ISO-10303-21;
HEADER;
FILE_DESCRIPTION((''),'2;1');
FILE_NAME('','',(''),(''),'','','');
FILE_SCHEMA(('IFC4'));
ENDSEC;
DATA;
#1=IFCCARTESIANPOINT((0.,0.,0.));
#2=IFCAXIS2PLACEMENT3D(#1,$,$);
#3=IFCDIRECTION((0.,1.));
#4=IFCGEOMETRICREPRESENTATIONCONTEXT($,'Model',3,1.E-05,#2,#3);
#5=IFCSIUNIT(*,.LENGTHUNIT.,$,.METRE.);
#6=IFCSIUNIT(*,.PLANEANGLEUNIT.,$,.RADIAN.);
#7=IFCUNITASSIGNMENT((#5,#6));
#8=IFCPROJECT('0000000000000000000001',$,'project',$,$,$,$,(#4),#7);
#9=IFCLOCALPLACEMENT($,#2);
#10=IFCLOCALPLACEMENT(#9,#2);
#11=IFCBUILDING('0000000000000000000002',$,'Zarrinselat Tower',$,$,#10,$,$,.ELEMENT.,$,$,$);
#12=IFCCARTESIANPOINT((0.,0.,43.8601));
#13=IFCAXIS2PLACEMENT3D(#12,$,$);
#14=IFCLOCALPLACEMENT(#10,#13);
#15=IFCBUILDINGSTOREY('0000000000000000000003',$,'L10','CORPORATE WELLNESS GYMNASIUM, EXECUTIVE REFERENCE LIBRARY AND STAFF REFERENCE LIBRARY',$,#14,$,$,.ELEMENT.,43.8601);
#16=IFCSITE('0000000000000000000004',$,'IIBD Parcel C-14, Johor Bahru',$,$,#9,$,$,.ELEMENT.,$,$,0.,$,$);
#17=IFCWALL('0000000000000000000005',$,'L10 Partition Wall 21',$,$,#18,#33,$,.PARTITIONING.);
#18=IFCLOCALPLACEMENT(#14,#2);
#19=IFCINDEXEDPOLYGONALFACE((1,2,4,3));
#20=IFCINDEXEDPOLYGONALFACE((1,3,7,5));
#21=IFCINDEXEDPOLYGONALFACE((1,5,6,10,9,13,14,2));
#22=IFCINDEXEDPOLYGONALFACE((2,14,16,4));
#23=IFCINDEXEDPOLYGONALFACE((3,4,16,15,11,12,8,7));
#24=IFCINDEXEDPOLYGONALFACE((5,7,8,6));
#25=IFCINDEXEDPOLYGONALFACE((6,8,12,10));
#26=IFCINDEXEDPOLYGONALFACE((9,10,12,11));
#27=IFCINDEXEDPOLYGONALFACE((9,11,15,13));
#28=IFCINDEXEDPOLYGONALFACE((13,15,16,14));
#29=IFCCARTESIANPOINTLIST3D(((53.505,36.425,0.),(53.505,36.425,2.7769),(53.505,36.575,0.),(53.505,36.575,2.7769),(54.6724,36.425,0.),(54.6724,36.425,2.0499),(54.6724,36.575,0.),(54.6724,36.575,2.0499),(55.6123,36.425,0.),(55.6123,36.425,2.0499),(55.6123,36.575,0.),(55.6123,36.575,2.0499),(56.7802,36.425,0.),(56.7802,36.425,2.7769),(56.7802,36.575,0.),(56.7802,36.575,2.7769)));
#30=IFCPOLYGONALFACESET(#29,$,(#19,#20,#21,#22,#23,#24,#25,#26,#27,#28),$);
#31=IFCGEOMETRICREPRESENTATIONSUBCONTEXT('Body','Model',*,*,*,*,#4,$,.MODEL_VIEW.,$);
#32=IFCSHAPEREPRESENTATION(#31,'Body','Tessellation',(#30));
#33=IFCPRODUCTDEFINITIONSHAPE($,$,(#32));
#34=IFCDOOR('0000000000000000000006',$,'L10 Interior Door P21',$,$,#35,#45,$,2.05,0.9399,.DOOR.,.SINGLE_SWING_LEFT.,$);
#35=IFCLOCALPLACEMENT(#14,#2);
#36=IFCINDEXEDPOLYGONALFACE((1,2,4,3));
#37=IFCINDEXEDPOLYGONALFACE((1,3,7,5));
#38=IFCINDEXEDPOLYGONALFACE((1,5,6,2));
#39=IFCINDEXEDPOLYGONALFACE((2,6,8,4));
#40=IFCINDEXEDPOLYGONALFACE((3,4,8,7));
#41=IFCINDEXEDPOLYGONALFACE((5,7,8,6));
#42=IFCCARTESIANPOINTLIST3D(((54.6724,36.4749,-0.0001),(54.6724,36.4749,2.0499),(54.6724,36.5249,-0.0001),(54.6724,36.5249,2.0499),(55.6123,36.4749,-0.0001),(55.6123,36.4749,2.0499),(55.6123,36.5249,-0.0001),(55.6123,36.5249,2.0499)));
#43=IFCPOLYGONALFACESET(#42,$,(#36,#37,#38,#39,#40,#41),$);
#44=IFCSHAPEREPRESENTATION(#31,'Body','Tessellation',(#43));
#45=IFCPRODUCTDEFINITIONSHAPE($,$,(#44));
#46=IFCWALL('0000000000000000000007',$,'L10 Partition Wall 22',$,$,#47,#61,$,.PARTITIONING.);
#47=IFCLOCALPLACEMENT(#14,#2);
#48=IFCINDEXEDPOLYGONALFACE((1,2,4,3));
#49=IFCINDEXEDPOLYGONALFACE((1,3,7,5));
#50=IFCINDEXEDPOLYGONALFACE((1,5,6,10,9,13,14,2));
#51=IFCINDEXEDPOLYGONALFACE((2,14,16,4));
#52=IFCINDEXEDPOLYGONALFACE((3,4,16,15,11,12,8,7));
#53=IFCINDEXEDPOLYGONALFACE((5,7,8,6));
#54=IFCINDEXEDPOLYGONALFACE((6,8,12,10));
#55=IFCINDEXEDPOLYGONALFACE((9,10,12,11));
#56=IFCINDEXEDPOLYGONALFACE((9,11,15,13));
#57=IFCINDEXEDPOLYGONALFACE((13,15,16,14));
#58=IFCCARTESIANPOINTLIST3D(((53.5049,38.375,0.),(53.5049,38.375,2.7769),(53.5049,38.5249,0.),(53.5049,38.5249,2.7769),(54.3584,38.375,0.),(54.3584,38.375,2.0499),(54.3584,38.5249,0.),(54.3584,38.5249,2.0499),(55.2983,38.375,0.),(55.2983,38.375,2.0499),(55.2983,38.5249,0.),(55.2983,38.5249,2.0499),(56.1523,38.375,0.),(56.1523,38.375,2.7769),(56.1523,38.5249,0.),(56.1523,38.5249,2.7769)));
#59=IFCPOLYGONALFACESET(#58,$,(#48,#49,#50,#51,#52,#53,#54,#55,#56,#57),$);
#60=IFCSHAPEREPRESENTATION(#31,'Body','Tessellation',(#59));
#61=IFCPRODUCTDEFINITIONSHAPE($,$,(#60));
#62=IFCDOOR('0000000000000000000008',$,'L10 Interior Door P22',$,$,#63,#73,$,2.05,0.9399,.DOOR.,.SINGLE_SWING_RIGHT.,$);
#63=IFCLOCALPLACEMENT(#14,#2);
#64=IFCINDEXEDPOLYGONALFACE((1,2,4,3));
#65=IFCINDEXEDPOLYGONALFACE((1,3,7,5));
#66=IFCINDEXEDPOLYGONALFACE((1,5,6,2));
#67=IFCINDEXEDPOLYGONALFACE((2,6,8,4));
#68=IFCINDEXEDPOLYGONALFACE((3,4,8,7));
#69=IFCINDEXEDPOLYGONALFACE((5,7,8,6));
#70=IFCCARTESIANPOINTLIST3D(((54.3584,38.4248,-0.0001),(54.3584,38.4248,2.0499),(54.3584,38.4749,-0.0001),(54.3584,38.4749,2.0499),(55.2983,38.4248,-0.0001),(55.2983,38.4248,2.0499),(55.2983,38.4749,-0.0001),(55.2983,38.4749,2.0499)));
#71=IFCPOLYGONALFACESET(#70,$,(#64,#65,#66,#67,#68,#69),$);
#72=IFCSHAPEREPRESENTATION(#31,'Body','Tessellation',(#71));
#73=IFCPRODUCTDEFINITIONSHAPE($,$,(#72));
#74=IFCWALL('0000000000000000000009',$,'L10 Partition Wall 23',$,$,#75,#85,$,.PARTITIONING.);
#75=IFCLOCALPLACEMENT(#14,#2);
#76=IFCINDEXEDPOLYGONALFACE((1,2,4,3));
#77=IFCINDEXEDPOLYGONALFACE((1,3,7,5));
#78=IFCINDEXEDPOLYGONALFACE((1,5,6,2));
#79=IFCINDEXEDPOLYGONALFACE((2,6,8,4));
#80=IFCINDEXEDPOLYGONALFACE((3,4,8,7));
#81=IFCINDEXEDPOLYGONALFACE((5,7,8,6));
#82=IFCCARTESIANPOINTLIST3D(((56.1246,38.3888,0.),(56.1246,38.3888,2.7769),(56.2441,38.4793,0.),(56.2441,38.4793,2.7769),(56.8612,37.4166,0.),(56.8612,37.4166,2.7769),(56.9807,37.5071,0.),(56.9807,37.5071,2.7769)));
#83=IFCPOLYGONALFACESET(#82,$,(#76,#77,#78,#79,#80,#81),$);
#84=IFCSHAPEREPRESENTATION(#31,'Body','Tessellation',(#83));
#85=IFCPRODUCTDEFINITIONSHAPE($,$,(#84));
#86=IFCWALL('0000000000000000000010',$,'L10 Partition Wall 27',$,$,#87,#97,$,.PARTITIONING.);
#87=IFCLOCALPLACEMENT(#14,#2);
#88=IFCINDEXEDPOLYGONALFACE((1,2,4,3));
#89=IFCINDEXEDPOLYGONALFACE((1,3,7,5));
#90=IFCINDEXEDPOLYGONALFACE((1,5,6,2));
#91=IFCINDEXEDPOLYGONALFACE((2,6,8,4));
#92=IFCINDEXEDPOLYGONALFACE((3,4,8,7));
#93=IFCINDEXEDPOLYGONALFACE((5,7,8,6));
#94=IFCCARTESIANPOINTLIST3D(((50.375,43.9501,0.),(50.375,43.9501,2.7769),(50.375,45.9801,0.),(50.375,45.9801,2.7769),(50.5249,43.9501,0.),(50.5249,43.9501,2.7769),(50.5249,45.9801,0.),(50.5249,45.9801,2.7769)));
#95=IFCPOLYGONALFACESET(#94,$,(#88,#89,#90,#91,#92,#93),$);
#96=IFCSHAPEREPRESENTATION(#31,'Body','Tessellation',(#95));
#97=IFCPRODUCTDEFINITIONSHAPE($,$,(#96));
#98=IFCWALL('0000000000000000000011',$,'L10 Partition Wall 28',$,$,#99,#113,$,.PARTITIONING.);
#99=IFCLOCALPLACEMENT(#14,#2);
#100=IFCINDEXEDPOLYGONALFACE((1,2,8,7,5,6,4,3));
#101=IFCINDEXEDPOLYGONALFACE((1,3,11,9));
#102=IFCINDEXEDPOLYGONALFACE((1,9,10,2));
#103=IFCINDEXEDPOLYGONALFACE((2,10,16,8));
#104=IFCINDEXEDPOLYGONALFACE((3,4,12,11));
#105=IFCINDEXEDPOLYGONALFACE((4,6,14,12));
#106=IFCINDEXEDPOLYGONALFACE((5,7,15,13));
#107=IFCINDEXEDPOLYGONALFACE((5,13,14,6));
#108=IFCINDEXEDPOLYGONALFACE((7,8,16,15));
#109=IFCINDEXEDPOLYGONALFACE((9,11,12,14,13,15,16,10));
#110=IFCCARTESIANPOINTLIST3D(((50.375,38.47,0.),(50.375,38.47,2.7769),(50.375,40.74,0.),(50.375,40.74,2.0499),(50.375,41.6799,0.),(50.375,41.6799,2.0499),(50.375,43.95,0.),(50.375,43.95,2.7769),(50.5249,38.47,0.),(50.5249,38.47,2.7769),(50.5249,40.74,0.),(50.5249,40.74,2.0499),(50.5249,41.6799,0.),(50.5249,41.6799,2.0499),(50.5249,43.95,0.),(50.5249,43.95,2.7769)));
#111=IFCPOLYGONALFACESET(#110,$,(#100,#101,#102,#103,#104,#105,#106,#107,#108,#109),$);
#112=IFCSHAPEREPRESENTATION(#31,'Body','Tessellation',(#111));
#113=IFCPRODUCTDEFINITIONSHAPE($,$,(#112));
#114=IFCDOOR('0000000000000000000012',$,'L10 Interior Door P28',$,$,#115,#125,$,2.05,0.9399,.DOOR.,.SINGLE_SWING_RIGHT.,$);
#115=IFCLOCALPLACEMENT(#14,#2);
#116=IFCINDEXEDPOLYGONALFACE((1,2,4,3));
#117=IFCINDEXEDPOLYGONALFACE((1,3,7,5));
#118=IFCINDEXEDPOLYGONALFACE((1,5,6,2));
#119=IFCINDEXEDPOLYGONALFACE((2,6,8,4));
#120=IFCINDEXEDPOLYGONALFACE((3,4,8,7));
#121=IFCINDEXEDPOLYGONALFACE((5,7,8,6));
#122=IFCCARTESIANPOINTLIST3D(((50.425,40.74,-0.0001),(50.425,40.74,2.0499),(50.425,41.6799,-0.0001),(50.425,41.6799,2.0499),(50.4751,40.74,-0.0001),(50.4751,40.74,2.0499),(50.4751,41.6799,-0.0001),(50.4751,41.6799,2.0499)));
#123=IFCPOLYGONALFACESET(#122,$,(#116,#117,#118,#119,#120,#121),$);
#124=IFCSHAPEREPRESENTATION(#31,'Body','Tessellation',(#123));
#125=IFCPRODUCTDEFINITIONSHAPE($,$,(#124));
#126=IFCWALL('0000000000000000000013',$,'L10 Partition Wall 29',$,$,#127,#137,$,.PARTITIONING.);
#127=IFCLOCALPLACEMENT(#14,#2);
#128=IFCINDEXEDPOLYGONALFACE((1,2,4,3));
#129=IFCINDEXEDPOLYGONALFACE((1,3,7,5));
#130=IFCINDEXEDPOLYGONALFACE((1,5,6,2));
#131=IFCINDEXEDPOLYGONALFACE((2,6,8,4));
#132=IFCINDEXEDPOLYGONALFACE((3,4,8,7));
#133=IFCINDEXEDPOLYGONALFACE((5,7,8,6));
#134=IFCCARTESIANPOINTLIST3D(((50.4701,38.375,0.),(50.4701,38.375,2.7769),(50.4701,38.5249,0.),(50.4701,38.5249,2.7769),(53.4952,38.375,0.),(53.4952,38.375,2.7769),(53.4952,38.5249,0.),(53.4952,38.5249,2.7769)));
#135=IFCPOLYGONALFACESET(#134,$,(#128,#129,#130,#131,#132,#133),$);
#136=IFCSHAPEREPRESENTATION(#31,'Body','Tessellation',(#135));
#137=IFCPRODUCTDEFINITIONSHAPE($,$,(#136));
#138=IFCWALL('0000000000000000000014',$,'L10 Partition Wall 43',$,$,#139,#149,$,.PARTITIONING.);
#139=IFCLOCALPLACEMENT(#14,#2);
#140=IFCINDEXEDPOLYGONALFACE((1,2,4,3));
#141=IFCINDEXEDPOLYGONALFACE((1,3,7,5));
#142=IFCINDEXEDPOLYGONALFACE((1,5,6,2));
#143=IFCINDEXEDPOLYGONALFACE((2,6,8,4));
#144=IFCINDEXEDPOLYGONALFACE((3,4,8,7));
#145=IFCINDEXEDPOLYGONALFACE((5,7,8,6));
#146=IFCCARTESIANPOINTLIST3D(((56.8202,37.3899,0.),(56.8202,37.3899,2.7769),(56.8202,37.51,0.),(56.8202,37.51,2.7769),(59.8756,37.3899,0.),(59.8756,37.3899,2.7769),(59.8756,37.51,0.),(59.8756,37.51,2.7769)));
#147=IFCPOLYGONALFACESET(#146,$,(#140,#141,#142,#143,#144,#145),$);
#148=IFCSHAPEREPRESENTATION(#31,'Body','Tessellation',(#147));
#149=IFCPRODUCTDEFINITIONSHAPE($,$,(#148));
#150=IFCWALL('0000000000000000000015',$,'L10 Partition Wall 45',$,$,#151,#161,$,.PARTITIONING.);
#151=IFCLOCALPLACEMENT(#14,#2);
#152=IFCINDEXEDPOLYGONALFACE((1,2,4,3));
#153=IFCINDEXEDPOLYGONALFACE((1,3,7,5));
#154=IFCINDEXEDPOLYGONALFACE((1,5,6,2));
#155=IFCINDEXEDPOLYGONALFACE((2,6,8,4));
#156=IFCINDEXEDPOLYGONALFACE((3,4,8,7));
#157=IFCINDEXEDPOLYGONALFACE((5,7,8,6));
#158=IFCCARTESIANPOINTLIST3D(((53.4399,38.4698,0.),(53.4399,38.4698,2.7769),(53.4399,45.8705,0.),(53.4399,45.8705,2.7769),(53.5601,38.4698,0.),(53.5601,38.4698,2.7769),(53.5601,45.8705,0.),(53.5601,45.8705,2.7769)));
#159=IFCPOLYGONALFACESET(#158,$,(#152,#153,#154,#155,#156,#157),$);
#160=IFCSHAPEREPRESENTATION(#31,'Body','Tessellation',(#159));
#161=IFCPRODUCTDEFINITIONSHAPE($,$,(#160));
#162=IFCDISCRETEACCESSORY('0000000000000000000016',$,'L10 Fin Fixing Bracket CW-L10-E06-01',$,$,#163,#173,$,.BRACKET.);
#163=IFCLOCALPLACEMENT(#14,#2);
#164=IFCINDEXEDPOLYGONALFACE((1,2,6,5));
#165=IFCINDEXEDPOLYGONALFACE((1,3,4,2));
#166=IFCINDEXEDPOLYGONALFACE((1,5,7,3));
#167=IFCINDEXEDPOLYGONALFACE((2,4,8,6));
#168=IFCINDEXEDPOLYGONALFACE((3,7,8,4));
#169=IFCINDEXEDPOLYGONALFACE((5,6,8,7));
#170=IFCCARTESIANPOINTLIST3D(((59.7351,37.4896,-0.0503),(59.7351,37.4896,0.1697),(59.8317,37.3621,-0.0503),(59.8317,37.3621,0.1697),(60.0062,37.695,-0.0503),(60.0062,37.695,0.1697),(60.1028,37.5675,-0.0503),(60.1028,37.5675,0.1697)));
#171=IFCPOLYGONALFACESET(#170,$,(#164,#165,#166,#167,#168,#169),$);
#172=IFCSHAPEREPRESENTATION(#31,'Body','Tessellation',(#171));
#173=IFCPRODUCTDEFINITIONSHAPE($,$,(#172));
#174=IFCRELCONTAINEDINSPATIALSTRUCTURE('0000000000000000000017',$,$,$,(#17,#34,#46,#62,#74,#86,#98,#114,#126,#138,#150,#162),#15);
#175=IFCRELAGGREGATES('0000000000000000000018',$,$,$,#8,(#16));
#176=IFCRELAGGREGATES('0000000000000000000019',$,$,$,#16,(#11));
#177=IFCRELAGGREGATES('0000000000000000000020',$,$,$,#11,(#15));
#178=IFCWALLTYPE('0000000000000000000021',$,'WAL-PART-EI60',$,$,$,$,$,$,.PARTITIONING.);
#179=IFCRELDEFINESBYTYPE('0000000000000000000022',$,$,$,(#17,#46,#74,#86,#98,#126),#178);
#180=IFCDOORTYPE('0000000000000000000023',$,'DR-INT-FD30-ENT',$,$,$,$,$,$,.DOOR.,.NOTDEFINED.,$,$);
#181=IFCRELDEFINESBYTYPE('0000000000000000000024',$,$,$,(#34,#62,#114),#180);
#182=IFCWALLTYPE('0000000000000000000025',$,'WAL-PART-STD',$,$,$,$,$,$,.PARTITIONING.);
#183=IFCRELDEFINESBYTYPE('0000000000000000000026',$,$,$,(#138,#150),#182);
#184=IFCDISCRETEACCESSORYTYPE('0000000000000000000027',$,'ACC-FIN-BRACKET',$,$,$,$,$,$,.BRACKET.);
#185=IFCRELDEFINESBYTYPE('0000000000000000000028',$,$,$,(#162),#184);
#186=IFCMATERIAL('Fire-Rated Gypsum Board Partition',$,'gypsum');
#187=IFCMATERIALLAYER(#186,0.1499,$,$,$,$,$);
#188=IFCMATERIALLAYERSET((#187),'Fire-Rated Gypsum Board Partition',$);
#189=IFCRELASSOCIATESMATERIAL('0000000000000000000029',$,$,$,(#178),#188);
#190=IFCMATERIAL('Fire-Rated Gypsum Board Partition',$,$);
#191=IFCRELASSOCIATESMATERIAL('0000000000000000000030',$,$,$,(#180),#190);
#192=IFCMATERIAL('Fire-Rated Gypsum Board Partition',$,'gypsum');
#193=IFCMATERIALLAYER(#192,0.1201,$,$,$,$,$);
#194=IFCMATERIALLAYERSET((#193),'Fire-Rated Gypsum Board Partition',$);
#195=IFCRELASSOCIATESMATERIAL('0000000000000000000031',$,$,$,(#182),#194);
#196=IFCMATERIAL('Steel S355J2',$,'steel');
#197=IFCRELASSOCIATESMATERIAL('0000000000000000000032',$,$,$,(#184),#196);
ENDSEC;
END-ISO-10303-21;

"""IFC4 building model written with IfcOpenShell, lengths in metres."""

from ifc_helpers import new_model, si_unit, direction, frame, frame_2d, origin, origin_2d, place, context, subcontext, project, spatial, rectangle, extrude, material, layer, layer_set, type_object, element, fill, save


model = new_model("IFC4")

# Units and contexts
model_context = context("Model", 3, precision=1e-05, world=origin(), true_north=direction((0.0, 1.0)))
body_context = subcontext(model_context, "Body", "Model", "MODEL_VIEW")
ifc_project = project(units=[si_unit("LENGTHUNIT", "METRE"), si_unit("PLANEANGLEUNIT", "RADIAN")], contexts=[model_context])

# Site, building, storey
site_placement = place(None, origin())
site = spatial("IfcSite", under=ifc_project, at=site_placement, Name="IIBD Parcel C-14, Johor Bahru", CompositionType="ELEMENT", RefElevation=0.0)
building_placement = place(site_placement, origin())
building = spatial("IfcBuilding", under=site, at=building_placement, Name="Zarrinselat Tower", CompositionType="ELEMENT")
storey_placement = place(building_placement, frame((0.0, 0.0, 43.8601)))
storey = spatial("IfcBuildingStorey", under=building, at=storey_placement, Name="L10", Description="CORPORATE WELLNESS GYMNASIUM, EXECUTIVE REFERENCE LIBRARY AND STAFF REFERENCE LIBRARY", CompositionType="ELEMENT", Elevation=43.8601)

# Shared definitions
ifc_material_1 = material(Name="Fire-Rated Gypsum Board Partition", Category="gypsum")
ifc_layer_1 = layer(ifc_material_1, 0.1499)
ifc_layer_set_1 = layer_set([ifc_layer_1], Name="Fire-Rated Gypsum Board Partition")
wall_type_1 = type_object("IfcWallType", Name="WAL-PART-EI60", PredefinedType="PARTITIONING", material=ifc_layer_set_1)

# Walls, openings, doors
wall_1_placement = place(storey_placement, frame((53.5049, 36.5, 0.0), z_axis=(0.0, 0.0, 1.0), x_axis=(1.0, 0.0, 0.0)))
wall_1 = element("IfcWall", 1, at=wall_1_placement, inside=storey, type_object=wall_type_1, Name="L10 Partition Wall 21", PredefinedType="PARTITIONING", context=body_context, shape_type="SweptSolid", body=[
    extrude(rectangle(XDim=3.2751, YDim=0.1499, at=frame_2d((1.6377, 0.0))), origin(), (0.0, 0.0, 1.0), 2.7769),
])
opening_1_placement = place(wall_1_placement, frame((1.1675, 0.0, 0.0)))
opening_1 = element("IfcOpeningElement", 2, at=opening_1_placement, cuts=wall_1, PredefinedType="OPENING", context=body_context, shape_type="SweptSolid", body=[
    extrude(rectangle(XDim=0.9399, YDim=2.05, at=frame_2d((0.47, 1.0249))), frame((0.0, 0.085, 0.0), z_axis=(0.0, -1.0, 0.0), x_axis=(1.0, 0.0, 0.0)), (0.0, 0.0, 1.0), 0.1699),
])
ifc_material_2 = material(Name="Fire-Rated Gypsum Board Partition")
door_type = type_object("IfcDoorType", Name="DR-INT-FD30-ENT", OperationType="NOTDEFINED", PredefinedType="DOOR", material=ifc_material_2)
door_1_placement = place(opening_1_placement, origin())
door_1 = element("IfcDoor", 3, at=door_1_placement, inside=storey, type_object=door_type, Name="L10 Interior Door P21", OperationType="SINGLE_SWING_LEFT", OverallHeight=2.05, OverallWidth=0.9399, PredefinedType="DOOR", context=body_context, shape_type="SweptSolid", body=[
    extrude(rectangle(XDim=0.9399, YDim=2.05, at=frame_2d((0.47, 1.0249))), frame((0.0, 0.0249, 0.0), z_axis=(0.0, -1.0, 0.0), x_axis=(1.0, 0.0, 0.0)), (0.0, 0.0, 1.0), 0.05),
])
fill(opening_1, door_1)
wall_2_placement = place(storey_placement, frame((53.5049, 38.45, 0.0), z_axis=(0.0, 0.0, 1.0), x_axis=(1.0, 0.0, 0.0)))
wall_2 = element("IfcWall", 4, at=wall_2_placement, inside=storey, type_object=wall_type_1, Name="L10 Partition Wall 22", PredefinedType="PARTITIONING", context=body_context, shape_type="SweptSolid", body=[
    extrude(rectangle(XDim=2.6475, YDim=0.1499, at=frame_2d((1.3237, 0.0))), origin(), (0.0, 0.0, 1.0), 2.7769),
])
opening_2_placement = place(wall_2_placement, frame((0.8535, 0.0, 0.0)))
opening_2 = element("IfcOpeningElement", 5, at=opening_2_placement, cuts=wall_2, PredefinedType="OPENING", context=body_context, shape_type="SweptSolid", body=[
    extrude(rectangle(XDim=0.9399, YDim=2.05, at=frame_2d((0.47, 1.0249))), frame((0.0, 0.085, 0.0), z_axis=(0.0, -1.0, 0.0), x_axis=(1.0, 0.0, 0.0)), (0.0, 0.0, 1.0), 0.1699),
])
door_2_placement = place(opening_2_placement, origin())
door_2 = element("IfcDoor", 6, at=door_2_placement, inside=storey, type_object=door_type, Name="L10 Interior Door P22", OperationType="SINGLE_SWING_RIGHT", OverallHeight=2.05, OverallWidth=0.9399, PredefinedType="DOOR", context=body_context, shape_type="SweptSolid", body=[
    extrude(rectangle(XDim=0.9399, YDim=2.05, at=frame_2d((0.47, 1.0249))), frame((0.0, 0.0249, 0.0), z_axis=(0.0, -1.0, 0.0), x_axis=(1.0, 0.0, 0.0)), (0.0, 0.0, 1.0), 0.05),
])
fill(opening_2, door_2)

# Walls
wall_3_placement = place(storey_placement, frame((56.1843, 38.4341, 0.0), z_axis=(0.0, 0.0, 1.0), x_axis=(0.6039, -0.79706, 0.0)))
element("IfcWall", 7, at=wall_3_placement, inside=storey, type_object=wall_type_1, Name="L10 Partition Wall 23", PredefinedType="PARTITIONING", context=body_context, shape_type="SweptSolid", body=[
    extrude(rectangle(XDim=1.2197, YDim=0.1499, at=frame_2d((0.6099, 0.0))), origin(), (0.0, 0.0, 1.0), 2.7769),
])
wall_4_placement = place(storey_placement, frame((50.45, 43.95, 0.0), z_axis=(0.0, 0.0, 1.0), x_axis=(0.0, 1.0, 0.0)))
element("IfcWall", 8, at=wall_4_placement, inside=storey, type_object=wall_type_1, Name="L10 Partition Wall 27", PredefinedType="PARTITIONING", context=body_context, shape_type="SweptSolid", body=[
    extrude(rectangle(XDim=2.03, YDim=0.1499, at=frame_2d((1.0151, 0.0))), origin(), (0.0, 0.0, 1.0), 2.7769),
])

# Wall, opening, door
wall_5_placement = place(storey_placement, frame((50.45, 38.47, 0.0), z_axis=(0.0, 0.0, 1.0), x_axis=(0.0, 1.0, 0.0)))
wall_5 = element("IfcWall", 9, at=wall_5_placement, inside=storey, type_object=wall_type_1, Name="L10 Partition Wall 28", PredefinedType="PARTITIONING", context=body_context, shape_type="SweptSolid", body=[
    extrude(rectangle(XDim=5.48, YDim=0.1499, at=frame_2d((2.74, 0.0))), origin(), (0.0, 0.0, 1.0), 2.7769),
])
opening_3_placement = place(wall_5_placement, frame((2.27, 0.0, 0.0)))
opening_3 = element("IfcOpeningElement", 10, at=opening_3_placement, cuts=wall_5, PredefinedType="OPENING", context=body_context, shape_type="SweptSolid", body=[
    extrude(rectangle(XDim=0.9399, YDim=2.05, at=frame_2d((0.47, 1.0249))), frame((0.0, 0.085, 0.0), z_axis=(0.0, -1.0, 0.0), x_axis=(1.0, 0.0, 0.0)), (0.0, 0.0, 1.0), 0.1699),
])
door_3_placement = place(opening_3_placement, origin())
door_3 = element("IfcDoor", 11, at=door_3_placement, inside=storey, type_object=door_type, Name="L10 Interior Door P28", OperationType="SINGLE_SWING_RIGHT", OverallHeight=2.05, OverallWidth=0.9399, PredefinedType="DOOR", context=body_context, shape_type="SweptSolid", body=[
    extrude(rectangle(XDim=0.9399, YDim=2.05, at=frame_2d((0.47, 1.0249))), frame((0.0, 0.0249, 0.0), z_axis=(0.0, -1.0, 0.0), x_axis=(1.0, 0.0, 0.0)), (0.0, 0.0, 1.0), 0.05),
])
fill(opening_3, door_3)

# Walls
wall_6_placement = place(storey_placement, frame((50.47, 38.45, 0.0), z_axis=(0.0, 0.0, 1.0), x_axis=(1.0, 0.0, 0.0)))
element("IfcWall", 12, at=wall_6_placement, inside=storey, type_object=wall_type_1, Name="L10 Partition Wall 29", PredefinedType="PARTITIONING", context=body_context, shape_type="SweptSolid", body=[
    extrude(rectangle(XDim=3.0251, YDim=0.1499, at=frame_2d((1.5127, 0.0))), origin(), (0.0, 0.0, 1.0), 2.7769),
])
ifc_material_3 = material(Name="Fire-Rated Gypsum Board Partition", Category="gypsum")
ifc_layer_2 = layer(ifc_material_3, 0.1201)
ifc_layer_set_2 = layer_set([ifc_layer_2], Name="Fire-Rated Gypsum Board Partition")
wall_type_2 = type_object("IfcWallType", Name="WAL-PART-STD", PredefinedType="PARTITIONING", material=ifc_layer_set_2)
wall_7_placement = place(storey_placement, frame((56.8201, 37.45, 0.0), z_axis=(0.0, 0.0, 1.0), x_axis=(1.0, 0.0, 0.0)))
element("IfcWall", 13, at=wall_7_placement, inside=storey, type_object=wall_type_2, Name="L10 Partition Wall 43", PredefinedType="PARTITIONING", context=body_context, shape_type="SweptSolid", body=[
    extrude(rectangle(XDim=3.0554, YDim=0.1201, at=frame_2d((1.5278, 0.0))), origin(), (0.0, 0.0, 1.0), 2.7769),
])
wall_8_placement = place(storey_placement, frame((53.5, 38.47, 0.0), z_axis=(0.0, 0.0, 1.0), x_axis=(0.0, 1.0, 0.0)))
element("IfcWall", 14, at=wall_8_placement, inside=storey, type_object=wall_type_2, Name="L10 Partition Wall 45", PredefinedType="PARTITIONING", context=body_context, shape_type="SweptSolid", body=[
    extrude(rectangle(XDim=7.4006, YDim=0.1201, at=frame_2d((3.7002, 0.0))), origin(), (0.0, 0.0, 1.0), 2.7769),
])

# Discrete accessory
ifc_material_4 = material(Name="Steel S355J2", Category="steel")
discrete_accessory_type = type_object("IfcDiscreteAccessoryType", Name="ACC-FIN-BRACKET", PredefinedType="BRACKET", material=ifc_material_4)
discrete_accessory_placement = place(storey_placement, frame((59.9189, 37.5286, -0.0503), z_axis=(0.0, 0.0, 1.0), x_axis=(0.797092, 0.603858, 0.0)))
element("IfcDiscreteAccessory", 15, at=discrete_accessory_placement, inside=storey, type_object=discrete_accessory_type, Name="L10 Fin Fixing Bracket CW-L10-E06-01", PredefinedType="BRACKET", context=body_context, shape_type="SweptSolid", body=[
    extrude(rectangle(XDim=0.3401, YDim=0.1599, at=origin_2d()), origin(), (0.0, 0.0, 1.0), 0.22),
])

save(model, "model.ifc")
